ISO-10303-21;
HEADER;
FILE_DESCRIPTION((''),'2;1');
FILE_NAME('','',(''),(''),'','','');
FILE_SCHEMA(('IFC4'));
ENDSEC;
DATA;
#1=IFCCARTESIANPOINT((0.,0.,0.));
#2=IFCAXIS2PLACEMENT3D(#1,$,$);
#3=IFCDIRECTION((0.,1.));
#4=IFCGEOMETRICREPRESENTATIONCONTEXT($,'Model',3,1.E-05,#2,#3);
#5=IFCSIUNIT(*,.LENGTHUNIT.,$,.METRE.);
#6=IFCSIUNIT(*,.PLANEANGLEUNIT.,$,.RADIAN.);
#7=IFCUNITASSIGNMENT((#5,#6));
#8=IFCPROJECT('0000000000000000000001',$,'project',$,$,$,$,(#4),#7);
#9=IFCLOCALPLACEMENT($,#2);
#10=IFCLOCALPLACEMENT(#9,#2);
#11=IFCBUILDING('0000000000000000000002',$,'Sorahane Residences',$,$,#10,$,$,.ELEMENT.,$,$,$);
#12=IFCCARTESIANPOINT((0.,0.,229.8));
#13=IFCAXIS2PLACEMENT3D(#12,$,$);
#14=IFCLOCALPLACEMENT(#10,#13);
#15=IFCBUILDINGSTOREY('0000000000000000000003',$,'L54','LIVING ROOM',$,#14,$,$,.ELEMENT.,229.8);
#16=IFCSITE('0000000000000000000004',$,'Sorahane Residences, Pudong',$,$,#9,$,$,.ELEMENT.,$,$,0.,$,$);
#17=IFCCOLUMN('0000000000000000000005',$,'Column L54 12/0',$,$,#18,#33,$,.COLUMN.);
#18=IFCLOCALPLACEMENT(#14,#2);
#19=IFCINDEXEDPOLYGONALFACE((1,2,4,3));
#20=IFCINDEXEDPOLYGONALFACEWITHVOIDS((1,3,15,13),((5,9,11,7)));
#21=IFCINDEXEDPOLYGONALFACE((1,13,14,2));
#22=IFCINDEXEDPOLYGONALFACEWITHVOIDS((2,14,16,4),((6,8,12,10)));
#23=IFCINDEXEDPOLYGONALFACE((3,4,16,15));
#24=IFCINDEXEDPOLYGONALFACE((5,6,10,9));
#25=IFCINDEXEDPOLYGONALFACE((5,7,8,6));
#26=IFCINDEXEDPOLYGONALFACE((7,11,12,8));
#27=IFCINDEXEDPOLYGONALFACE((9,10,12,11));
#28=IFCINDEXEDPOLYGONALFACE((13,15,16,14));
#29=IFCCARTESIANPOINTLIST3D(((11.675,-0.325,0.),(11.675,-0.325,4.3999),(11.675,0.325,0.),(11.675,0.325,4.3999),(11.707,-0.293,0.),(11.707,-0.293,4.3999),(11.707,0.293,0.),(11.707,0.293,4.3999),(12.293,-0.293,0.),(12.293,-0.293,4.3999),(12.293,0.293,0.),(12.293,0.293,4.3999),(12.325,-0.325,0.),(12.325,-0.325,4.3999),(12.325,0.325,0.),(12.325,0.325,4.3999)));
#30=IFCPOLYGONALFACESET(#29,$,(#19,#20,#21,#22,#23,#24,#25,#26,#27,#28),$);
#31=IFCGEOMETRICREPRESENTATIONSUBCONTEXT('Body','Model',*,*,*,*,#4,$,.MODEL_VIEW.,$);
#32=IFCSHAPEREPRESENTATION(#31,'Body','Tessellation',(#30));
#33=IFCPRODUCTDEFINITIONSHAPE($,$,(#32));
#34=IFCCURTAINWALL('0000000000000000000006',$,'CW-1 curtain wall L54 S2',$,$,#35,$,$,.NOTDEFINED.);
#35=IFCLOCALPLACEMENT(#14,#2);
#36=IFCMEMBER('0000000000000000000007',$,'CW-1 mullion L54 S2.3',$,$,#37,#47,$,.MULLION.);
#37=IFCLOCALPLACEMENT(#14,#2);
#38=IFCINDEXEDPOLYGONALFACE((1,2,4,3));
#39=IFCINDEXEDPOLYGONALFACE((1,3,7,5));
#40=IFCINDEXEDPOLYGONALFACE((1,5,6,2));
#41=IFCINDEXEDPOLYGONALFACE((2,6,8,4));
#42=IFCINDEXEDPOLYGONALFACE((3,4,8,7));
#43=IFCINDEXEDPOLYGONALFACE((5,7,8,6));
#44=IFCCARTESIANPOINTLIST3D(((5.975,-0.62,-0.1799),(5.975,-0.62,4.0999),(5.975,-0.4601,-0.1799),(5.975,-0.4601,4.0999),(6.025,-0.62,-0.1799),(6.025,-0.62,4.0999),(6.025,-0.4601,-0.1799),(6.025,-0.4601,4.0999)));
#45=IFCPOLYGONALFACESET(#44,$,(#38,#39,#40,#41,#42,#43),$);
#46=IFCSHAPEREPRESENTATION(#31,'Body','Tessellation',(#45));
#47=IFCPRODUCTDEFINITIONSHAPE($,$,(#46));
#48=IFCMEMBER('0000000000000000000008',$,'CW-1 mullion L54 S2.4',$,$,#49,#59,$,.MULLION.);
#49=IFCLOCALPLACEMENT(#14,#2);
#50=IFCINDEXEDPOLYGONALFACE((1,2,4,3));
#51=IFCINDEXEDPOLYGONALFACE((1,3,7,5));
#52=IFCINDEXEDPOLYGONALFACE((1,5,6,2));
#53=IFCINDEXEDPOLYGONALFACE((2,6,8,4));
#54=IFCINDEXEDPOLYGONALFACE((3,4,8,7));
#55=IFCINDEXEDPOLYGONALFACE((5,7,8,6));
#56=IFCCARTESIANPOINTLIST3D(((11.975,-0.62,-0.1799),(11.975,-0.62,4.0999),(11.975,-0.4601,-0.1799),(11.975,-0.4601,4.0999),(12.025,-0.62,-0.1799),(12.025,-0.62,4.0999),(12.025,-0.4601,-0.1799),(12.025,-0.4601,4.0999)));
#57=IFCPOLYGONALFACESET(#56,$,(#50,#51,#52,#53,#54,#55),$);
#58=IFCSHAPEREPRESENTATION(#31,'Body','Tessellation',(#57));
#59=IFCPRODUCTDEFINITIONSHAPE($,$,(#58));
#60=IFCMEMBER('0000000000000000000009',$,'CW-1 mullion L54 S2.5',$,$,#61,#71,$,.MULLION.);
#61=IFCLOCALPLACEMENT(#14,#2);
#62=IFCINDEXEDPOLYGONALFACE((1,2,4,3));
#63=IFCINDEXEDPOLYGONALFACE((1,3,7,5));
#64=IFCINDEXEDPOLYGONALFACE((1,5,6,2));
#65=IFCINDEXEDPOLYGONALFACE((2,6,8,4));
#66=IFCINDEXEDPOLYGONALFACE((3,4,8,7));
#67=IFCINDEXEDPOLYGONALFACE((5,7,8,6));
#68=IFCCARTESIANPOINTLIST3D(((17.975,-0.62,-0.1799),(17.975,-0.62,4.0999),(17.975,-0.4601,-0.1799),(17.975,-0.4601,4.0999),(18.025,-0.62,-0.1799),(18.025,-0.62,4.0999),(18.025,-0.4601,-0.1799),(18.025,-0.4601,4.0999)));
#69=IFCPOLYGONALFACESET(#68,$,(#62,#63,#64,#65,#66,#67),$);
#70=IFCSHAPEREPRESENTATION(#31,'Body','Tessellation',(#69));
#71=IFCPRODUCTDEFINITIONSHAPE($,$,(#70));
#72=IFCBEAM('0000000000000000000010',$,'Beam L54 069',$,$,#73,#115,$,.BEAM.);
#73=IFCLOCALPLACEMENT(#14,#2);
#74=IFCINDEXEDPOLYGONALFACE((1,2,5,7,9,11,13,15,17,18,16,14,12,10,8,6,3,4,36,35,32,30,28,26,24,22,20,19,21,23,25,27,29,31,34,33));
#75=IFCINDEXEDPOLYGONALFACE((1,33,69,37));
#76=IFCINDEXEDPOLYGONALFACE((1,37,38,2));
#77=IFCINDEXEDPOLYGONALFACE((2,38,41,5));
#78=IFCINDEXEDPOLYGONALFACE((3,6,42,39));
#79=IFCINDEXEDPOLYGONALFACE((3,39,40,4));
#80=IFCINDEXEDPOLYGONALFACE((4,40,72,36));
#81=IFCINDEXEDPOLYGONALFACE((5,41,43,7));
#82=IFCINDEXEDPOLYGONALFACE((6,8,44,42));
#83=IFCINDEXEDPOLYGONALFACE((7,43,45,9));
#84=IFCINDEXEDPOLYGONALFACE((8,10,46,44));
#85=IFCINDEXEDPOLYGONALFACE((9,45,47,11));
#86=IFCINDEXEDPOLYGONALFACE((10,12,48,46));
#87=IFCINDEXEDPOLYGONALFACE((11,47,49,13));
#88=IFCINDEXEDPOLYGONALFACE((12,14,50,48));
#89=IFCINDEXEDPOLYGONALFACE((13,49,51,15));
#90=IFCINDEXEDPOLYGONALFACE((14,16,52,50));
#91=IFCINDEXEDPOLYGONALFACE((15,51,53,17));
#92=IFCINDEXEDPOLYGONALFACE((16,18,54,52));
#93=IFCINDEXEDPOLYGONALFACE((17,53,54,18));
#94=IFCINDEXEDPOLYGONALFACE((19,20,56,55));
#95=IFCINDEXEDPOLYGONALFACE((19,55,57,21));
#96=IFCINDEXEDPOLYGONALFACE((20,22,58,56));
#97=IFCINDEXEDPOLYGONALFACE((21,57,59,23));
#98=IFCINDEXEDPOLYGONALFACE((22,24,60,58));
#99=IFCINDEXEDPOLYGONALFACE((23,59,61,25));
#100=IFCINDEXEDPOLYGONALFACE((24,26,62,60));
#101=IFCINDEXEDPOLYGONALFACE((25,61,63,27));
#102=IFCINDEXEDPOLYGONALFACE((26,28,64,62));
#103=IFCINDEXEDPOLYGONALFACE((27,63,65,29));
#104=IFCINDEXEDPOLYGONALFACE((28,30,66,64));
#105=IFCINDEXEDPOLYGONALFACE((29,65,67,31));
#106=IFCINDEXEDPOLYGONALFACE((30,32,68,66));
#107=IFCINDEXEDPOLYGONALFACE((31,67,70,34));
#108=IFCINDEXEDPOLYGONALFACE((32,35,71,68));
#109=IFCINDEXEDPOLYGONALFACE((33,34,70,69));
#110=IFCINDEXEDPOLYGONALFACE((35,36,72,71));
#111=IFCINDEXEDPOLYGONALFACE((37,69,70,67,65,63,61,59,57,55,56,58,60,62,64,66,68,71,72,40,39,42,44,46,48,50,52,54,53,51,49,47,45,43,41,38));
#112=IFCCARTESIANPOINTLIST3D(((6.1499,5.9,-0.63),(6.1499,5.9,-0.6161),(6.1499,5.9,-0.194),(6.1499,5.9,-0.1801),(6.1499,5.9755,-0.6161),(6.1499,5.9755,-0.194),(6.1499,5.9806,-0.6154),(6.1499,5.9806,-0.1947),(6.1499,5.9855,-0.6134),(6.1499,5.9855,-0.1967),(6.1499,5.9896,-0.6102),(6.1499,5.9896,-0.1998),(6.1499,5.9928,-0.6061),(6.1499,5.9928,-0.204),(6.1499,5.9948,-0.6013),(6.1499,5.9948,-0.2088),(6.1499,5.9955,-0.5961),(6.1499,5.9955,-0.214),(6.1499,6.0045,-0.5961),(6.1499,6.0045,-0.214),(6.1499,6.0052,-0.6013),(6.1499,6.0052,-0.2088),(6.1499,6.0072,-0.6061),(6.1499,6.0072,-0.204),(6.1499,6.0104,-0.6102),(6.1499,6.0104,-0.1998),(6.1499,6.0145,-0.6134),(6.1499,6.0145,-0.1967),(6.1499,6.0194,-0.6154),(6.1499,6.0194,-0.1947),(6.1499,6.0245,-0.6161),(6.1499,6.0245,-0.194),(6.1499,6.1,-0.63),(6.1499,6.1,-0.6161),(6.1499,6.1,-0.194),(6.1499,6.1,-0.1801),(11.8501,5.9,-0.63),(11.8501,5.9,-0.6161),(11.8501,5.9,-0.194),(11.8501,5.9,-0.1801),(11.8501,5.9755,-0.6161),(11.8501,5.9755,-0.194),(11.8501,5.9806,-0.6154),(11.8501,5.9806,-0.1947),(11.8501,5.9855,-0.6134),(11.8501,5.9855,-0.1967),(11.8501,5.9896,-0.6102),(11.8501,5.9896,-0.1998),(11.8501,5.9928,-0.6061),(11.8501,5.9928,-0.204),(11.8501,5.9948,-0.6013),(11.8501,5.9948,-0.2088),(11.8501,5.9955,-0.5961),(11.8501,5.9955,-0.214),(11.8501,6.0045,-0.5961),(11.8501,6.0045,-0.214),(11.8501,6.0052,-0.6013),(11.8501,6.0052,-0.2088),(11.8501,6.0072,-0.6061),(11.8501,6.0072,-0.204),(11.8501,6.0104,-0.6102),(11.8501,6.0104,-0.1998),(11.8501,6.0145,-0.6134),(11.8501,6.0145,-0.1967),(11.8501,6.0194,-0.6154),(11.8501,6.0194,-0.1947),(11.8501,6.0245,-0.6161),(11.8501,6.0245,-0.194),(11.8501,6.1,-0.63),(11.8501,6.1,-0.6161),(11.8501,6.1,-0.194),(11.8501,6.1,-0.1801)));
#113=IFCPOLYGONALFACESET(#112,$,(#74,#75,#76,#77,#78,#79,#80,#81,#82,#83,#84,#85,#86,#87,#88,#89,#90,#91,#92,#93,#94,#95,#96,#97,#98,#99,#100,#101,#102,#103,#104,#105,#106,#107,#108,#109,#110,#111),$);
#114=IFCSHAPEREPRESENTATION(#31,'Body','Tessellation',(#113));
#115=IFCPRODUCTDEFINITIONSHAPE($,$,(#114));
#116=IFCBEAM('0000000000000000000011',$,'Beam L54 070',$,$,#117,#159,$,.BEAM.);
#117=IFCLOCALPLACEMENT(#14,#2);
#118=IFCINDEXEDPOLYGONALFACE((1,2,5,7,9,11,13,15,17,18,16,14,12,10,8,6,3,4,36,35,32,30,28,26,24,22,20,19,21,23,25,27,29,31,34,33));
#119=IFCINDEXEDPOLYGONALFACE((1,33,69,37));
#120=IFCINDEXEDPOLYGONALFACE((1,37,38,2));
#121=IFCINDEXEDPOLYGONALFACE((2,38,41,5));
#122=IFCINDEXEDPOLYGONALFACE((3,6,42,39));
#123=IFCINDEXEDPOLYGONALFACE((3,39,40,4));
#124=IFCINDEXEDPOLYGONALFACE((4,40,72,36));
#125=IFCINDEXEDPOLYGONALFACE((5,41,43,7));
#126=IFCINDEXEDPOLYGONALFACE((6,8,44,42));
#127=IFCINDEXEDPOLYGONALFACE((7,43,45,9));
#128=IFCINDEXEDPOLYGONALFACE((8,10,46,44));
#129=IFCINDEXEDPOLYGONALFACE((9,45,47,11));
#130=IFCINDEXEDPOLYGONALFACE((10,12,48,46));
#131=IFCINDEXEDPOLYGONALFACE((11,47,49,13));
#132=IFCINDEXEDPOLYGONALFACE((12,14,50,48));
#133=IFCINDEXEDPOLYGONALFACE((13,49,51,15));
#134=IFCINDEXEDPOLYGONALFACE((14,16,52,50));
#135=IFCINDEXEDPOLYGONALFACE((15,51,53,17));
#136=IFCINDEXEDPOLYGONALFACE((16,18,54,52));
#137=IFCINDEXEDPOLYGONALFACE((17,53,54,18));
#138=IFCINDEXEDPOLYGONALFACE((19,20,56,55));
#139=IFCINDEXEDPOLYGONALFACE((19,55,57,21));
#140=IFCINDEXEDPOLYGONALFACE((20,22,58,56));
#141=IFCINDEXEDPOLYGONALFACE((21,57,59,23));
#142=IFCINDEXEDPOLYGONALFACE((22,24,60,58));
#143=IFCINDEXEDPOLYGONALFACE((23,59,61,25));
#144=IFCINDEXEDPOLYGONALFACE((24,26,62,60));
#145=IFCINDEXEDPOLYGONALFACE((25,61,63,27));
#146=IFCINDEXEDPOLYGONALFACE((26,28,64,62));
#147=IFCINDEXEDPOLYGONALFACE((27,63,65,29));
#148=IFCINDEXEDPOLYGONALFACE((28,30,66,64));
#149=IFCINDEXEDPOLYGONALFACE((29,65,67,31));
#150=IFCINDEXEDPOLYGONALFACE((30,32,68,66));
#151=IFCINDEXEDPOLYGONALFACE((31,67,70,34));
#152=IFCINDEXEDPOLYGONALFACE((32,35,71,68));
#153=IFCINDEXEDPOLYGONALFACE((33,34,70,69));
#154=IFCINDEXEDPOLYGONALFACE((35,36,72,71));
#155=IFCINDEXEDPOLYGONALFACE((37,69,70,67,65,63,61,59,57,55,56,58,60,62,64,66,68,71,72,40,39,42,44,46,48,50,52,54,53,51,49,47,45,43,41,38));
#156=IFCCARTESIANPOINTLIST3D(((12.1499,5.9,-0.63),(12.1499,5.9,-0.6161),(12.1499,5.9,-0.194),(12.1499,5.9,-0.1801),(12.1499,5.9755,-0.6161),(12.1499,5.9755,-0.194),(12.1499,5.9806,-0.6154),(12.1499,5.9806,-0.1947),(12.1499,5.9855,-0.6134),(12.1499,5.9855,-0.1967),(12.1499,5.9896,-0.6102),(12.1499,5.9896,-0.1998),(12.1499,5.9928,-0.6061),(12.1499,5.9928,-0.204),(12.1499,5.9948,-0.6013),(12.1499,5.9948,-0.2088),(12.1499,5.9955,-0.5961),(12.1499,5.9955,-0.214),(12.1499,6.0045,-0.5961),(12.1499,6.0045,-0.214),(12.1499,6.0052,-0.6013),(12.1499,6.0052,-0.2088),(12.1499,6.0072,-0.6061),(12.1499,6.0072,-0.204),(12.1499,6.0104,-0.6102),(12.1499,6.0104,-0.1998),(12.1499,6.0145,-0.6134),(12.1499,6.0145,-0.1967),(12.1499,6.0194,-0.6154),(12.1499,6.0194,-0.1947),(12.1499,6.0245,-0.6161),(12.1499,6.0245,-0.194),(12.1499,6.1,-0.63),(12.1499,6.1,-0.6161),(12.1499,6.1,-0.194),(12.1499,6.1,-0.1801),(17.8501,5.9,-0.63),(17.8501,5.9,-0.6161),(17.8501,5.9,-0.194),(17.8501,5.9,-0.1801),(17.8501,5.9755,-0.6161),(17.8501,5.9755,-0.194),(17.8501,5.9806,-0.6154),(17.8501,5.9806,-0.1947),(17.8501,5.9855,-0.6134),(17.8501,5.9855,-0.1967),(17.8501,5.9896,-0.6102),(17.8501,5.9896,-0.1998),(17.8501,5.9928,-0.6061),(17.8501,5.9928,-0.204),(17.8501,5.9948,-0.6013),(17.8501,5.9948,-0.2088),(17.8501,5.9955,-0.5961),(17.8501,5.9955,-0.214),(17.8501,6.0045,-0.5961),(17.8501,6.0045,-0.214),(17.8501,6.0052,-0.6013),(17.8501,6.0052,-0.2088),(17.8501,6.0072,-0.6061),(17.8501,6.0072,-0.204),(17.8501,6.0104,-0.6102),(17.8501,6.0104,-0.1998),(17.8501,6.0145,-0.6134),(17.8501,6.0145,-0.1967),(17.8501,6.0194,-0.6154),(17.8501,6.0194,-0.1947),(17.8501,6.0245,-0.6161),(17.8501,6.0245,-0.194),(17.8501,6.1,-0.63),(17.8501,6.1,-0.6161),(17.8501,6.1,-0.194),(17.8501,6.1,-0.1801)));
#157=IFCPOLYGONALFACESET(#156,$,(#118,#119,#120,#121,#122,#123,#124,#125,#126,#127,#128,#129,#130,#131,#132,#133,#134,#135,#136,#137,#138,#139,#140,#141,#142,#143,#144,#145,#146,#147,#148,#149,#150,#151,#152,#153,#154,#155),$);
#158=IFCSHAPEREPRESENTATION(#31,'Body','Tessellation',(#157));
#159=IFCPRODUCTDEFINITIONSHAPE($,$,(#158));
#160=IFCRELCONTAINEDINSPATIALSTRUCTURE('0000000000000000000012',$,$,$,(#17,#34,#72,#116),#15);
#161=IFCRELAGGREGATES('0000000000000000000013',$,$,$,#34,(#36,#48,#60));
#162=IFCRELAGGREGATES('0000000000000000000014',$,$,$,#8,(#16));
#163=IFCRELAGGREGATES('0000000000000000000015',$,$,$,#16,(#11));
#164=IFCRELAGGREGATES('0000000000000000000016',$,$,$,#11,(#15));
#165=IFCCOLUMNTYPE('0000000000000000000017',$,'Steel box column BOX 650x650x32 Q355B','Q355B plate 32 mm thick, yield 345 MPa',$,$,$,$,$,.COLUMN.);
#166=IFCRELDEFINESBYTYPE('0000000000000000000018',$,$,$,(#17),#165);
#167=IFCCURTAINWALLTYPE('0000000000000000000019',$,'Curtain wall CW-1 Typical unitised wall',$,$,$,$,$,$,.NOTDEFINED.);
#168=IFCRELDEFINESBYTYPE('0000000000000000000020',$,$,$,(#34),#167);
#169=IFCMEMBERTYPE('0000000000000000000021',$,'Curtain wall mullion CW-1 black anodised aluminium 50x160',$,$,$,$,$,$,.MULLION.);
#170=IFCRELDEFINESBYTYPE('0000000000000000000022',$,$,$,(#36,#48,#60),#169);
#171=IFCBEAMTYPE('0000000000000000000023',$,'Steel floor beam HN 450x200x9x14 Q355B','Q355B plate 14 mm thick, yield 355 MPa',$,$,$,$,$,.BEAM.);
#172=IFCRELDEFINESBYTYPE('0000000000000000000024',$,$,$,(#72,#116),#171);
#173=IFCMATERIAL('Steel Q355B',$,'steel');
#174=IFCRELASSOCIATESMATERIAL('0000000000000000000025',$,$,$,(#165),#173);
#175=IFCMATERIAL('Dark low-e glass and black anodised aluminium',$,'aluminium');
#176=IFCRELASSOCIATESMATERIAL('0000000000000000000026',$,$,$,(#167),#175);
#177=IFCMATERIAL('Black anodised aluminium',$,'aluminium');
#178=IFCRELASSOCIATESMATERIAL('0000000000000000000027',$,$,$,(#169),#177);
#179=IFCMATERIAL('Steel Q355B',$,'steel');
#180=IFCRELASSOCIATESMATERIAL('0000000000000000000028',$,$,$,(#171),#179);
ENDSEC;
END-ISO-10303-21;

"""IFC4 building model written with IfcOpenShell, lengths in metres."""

from ifc_helpers import new_model, si_unit, direction, frame, origin, origin_2d, place, context, subcontext, project, spatial, rectangle, hollow_rectangle, i_section, extrude, material, material_profile, profile_set, type_object, element, aggregate, save


model = new_model("IFC4")

# Units and contexts
model_context = context("Model", 3, precision=1e-05, world=origin(), true_north=direction((0.0, 1.0)))
body_context = subcontext(model_context, "Body", "Model", "MODEL_VIEW")
ifc_project = project(units=[si_unit("LENGTHUNIT", "METRE"), si_unit("PLANEANGLEUNIT", "RADIAN")], contexts=[model_context])

# Site, building, storey
site_placement = place(None, origin())
site = spatial("IfcSite", under=ifc_project, at=site_placement, Name="Sorahane Residences, Pudong", CompositionType="ELEMENT", RefElevation=0.0)
building_placement = place(site_placement, origin())
building = spatial("IfcBuilding", under=site, at=building_placement, Name="Sorahane Residences", CompositionType="ELEMENT")
storey_placement = place(building_placement, frame((0.0, 0.0, 229.8)))
storey = spatial("IfcBuildingStorey", under=building, at=storey_placement, Name="L54", Description="LIVING ROOM", CompositionType="ELEMENT", Elevation=229.8)

# Column
ifc_material_1 = material(Name="Steel Q355B", Category="steel")
ifc_material_profile_1 = material_profile(ifc_material_1, hollow_rectangle(XDim=0.6499, YDim=0.6499, WallThickness=0.032, at=origin_2d()), Name="BOX 650x650x32")
ifc_profile_set_1 = profile_set([ifc_material_profile_1], Name="Steel Q355B")
column_type = type_object("IfcColumnType", Name="Steel box column BOX 650x650x32 Q355B", Description="Q355B plate 32 mm thick, yield 345 MPa", PredefinedType="COLUMN", material=ifc_profile_set_1)
column_placement = place(storey_placement, frame((12.0, 0.0, 0.0), z_axis=(0.0, 0.0, 1.0), x_axis=(1.0, 0.0, 0.0)))
element("IfcColumn", 1, at=column_placement, inside=storey, type_object=column_type, Name="Column L54 12/0", PredefinedType="COLUMN", context=body_context, shape_type="SweptSolid", body=[
    extrude(hollow_rectangle(XDim=0.6499, YDim=0.6499, WallThickness=0.032, at=origin_2d()), origin(), (0.0, 0.0, 1.0), 4.3999),
])

# Curtain wall, members
ifc_material_2 = material(Name="Dark low-e glass and black anodised aluminium", Category="aluminium")
curtain_wall_type = type_object("IfcCurtainWallType", Name="Curtain wall CW-1 Typical unitised wall", PredefinedType="NOTDEFINED", material=ifc_material_2)
curtain_wall_placement = place(storey_placement, origin())
curtain_wall = element("IfcCurtainWall", 2, at=curtain_wall_placement, inside=storey, type_object=curtain_wall_type, Name="CW-1 curtain wall L54 S2", PredefinedType="NOTDEFINED")
ifc_material_3 = material(Name="Black anodised aluminium", Category="aluminium")
ifc_material_profile_2 = material_profile(ifc_material_3, rectangle(XDim=0.1599, YDim=0.05, at=origin_2d()), Name="Curtain wall mullion CW-1 black anodised aluminium 50x160")
ifc_profile_set_2 = profile_set([ifc_material_profile_2], Name="Black anodised aluminium")
member_type = type_object("IfcMemberType", Name="Curtain wall mullion CW-1 black anodised aluminium 50x160", PredefinedType="MULLION", material=ifc_profile_set_2)
member_1_placement = place(storey_placement, frame((6.0, -0.54, -0.1799), z_axis=(0.0, 0.0, 1.0), x_axis=(0.0, -1.0, 0.0)))
member_1 = element("IfcMember", 3, at=member_1_placement, type_object=member_type, Name="CW-1 mullion L54 S2.3", PredefinedType="MULLION", context=body_context, shape_type="SweptSolid", body=[
    extrude(rectangle(XDim=0.1599, YDim=0.05, at=origin_2d()), origin(), (0.0, 0.0, 1.0), 4.2798),
])
member_2_placement = place(storey_placement, frame((12.0, -0.54, -0.1799), z_axis=(0.0, 0.0, 1.0), x_axis=(0.0, -1.0, 0.0)))
member_2 = element("IfcMember", 4, at=member_2_placement, type_object=member_type, Name="CW-1 mullion L54 S2.4", PredefinedType="MULLION", context=body_context, shape_type="SweptSolid", body=[
    extrude(rectangle(XDim=0.1599, YDim=0.05, at=origin_2d()), origin(), (0.0, 0.0, 1.0), 4.2798),
])
member_3_placement = place(storey_placement, frame((18.0, -0.54, -0.1799), z_axis=(0.0, 0.0, 1.0), x_axis=(0.0, -1.0, 0.0)))
member_3 = element("IfcMember", 5, at=member_3_placement, type_object=member_type, Name="CW-1 mullion L54 S2.5", PredefinedType="MULLION", context=body_context, shape_type="SweptSolid", body=[
    extrude(rectangle(XDim=0.1599, YDim=0.05, at=origin_2d()), origin(), (0.0, 0.0, 1.0), 4.2798),
])

# Beams
ifc_material_4 = material(Name="Steel Q355B", Category="steel")
ifc_material_profile_3 = material_profile(ifc_material_4, i_section(OverallWidth=0.2, OverallDepth=0.45, WebThickness=0.009, FlangeThickness=0.0139, FilletRadius=0.02, at=origin_2d()), Name="HN 450x200x9x14")
ifc_profile_set_3 = profile_set([ifc_material_profile_3], Name="Steel Q355B")
beam_type_1 = type_object("IfcBeamType", Name="Steel floor beam HN 450x200x9x14 Q355B", Description="Q355B plate 14 mm thick, yield 355 MPa", PredefinedType="BEAM", material=ifc_profile_set_3)
for number, where, z_axis, x_axis, name in (
    (6, (6.1499, 6.0, -0.405), (1.0, 0.0, 0.0), (0.0, 1.0, 0.0), "Beam L54 069"),
    (7, (12.1499, 6.0, -0.405), (1.0, 0.0, 0.0), (0.0, 1.0, 0.0), "Beam L54 070"),
):
    element("IfcBeam", number, at=place(storey_placement, frame(where, z_axis=z_axis, x_axis=x_axis)), inside=storey, type_object=beam_type_1, Name=name, PredefinedType="BEAM", context=body_context, shape_type="SweptSolid", body=[
        extrude(i_section(OverallWidth=0.2, OverallDepth=0.45, WebThickness=0.009, FlangeThickness=0.0139, FilletRadius=0.02, at=origin_2d()), origin(), (0.0, 0.0, 1.0), 5.7002),
    ])

aggregate(curtain_wall, [member_1, member_2, member_3])

save(model, "model.ifc")
